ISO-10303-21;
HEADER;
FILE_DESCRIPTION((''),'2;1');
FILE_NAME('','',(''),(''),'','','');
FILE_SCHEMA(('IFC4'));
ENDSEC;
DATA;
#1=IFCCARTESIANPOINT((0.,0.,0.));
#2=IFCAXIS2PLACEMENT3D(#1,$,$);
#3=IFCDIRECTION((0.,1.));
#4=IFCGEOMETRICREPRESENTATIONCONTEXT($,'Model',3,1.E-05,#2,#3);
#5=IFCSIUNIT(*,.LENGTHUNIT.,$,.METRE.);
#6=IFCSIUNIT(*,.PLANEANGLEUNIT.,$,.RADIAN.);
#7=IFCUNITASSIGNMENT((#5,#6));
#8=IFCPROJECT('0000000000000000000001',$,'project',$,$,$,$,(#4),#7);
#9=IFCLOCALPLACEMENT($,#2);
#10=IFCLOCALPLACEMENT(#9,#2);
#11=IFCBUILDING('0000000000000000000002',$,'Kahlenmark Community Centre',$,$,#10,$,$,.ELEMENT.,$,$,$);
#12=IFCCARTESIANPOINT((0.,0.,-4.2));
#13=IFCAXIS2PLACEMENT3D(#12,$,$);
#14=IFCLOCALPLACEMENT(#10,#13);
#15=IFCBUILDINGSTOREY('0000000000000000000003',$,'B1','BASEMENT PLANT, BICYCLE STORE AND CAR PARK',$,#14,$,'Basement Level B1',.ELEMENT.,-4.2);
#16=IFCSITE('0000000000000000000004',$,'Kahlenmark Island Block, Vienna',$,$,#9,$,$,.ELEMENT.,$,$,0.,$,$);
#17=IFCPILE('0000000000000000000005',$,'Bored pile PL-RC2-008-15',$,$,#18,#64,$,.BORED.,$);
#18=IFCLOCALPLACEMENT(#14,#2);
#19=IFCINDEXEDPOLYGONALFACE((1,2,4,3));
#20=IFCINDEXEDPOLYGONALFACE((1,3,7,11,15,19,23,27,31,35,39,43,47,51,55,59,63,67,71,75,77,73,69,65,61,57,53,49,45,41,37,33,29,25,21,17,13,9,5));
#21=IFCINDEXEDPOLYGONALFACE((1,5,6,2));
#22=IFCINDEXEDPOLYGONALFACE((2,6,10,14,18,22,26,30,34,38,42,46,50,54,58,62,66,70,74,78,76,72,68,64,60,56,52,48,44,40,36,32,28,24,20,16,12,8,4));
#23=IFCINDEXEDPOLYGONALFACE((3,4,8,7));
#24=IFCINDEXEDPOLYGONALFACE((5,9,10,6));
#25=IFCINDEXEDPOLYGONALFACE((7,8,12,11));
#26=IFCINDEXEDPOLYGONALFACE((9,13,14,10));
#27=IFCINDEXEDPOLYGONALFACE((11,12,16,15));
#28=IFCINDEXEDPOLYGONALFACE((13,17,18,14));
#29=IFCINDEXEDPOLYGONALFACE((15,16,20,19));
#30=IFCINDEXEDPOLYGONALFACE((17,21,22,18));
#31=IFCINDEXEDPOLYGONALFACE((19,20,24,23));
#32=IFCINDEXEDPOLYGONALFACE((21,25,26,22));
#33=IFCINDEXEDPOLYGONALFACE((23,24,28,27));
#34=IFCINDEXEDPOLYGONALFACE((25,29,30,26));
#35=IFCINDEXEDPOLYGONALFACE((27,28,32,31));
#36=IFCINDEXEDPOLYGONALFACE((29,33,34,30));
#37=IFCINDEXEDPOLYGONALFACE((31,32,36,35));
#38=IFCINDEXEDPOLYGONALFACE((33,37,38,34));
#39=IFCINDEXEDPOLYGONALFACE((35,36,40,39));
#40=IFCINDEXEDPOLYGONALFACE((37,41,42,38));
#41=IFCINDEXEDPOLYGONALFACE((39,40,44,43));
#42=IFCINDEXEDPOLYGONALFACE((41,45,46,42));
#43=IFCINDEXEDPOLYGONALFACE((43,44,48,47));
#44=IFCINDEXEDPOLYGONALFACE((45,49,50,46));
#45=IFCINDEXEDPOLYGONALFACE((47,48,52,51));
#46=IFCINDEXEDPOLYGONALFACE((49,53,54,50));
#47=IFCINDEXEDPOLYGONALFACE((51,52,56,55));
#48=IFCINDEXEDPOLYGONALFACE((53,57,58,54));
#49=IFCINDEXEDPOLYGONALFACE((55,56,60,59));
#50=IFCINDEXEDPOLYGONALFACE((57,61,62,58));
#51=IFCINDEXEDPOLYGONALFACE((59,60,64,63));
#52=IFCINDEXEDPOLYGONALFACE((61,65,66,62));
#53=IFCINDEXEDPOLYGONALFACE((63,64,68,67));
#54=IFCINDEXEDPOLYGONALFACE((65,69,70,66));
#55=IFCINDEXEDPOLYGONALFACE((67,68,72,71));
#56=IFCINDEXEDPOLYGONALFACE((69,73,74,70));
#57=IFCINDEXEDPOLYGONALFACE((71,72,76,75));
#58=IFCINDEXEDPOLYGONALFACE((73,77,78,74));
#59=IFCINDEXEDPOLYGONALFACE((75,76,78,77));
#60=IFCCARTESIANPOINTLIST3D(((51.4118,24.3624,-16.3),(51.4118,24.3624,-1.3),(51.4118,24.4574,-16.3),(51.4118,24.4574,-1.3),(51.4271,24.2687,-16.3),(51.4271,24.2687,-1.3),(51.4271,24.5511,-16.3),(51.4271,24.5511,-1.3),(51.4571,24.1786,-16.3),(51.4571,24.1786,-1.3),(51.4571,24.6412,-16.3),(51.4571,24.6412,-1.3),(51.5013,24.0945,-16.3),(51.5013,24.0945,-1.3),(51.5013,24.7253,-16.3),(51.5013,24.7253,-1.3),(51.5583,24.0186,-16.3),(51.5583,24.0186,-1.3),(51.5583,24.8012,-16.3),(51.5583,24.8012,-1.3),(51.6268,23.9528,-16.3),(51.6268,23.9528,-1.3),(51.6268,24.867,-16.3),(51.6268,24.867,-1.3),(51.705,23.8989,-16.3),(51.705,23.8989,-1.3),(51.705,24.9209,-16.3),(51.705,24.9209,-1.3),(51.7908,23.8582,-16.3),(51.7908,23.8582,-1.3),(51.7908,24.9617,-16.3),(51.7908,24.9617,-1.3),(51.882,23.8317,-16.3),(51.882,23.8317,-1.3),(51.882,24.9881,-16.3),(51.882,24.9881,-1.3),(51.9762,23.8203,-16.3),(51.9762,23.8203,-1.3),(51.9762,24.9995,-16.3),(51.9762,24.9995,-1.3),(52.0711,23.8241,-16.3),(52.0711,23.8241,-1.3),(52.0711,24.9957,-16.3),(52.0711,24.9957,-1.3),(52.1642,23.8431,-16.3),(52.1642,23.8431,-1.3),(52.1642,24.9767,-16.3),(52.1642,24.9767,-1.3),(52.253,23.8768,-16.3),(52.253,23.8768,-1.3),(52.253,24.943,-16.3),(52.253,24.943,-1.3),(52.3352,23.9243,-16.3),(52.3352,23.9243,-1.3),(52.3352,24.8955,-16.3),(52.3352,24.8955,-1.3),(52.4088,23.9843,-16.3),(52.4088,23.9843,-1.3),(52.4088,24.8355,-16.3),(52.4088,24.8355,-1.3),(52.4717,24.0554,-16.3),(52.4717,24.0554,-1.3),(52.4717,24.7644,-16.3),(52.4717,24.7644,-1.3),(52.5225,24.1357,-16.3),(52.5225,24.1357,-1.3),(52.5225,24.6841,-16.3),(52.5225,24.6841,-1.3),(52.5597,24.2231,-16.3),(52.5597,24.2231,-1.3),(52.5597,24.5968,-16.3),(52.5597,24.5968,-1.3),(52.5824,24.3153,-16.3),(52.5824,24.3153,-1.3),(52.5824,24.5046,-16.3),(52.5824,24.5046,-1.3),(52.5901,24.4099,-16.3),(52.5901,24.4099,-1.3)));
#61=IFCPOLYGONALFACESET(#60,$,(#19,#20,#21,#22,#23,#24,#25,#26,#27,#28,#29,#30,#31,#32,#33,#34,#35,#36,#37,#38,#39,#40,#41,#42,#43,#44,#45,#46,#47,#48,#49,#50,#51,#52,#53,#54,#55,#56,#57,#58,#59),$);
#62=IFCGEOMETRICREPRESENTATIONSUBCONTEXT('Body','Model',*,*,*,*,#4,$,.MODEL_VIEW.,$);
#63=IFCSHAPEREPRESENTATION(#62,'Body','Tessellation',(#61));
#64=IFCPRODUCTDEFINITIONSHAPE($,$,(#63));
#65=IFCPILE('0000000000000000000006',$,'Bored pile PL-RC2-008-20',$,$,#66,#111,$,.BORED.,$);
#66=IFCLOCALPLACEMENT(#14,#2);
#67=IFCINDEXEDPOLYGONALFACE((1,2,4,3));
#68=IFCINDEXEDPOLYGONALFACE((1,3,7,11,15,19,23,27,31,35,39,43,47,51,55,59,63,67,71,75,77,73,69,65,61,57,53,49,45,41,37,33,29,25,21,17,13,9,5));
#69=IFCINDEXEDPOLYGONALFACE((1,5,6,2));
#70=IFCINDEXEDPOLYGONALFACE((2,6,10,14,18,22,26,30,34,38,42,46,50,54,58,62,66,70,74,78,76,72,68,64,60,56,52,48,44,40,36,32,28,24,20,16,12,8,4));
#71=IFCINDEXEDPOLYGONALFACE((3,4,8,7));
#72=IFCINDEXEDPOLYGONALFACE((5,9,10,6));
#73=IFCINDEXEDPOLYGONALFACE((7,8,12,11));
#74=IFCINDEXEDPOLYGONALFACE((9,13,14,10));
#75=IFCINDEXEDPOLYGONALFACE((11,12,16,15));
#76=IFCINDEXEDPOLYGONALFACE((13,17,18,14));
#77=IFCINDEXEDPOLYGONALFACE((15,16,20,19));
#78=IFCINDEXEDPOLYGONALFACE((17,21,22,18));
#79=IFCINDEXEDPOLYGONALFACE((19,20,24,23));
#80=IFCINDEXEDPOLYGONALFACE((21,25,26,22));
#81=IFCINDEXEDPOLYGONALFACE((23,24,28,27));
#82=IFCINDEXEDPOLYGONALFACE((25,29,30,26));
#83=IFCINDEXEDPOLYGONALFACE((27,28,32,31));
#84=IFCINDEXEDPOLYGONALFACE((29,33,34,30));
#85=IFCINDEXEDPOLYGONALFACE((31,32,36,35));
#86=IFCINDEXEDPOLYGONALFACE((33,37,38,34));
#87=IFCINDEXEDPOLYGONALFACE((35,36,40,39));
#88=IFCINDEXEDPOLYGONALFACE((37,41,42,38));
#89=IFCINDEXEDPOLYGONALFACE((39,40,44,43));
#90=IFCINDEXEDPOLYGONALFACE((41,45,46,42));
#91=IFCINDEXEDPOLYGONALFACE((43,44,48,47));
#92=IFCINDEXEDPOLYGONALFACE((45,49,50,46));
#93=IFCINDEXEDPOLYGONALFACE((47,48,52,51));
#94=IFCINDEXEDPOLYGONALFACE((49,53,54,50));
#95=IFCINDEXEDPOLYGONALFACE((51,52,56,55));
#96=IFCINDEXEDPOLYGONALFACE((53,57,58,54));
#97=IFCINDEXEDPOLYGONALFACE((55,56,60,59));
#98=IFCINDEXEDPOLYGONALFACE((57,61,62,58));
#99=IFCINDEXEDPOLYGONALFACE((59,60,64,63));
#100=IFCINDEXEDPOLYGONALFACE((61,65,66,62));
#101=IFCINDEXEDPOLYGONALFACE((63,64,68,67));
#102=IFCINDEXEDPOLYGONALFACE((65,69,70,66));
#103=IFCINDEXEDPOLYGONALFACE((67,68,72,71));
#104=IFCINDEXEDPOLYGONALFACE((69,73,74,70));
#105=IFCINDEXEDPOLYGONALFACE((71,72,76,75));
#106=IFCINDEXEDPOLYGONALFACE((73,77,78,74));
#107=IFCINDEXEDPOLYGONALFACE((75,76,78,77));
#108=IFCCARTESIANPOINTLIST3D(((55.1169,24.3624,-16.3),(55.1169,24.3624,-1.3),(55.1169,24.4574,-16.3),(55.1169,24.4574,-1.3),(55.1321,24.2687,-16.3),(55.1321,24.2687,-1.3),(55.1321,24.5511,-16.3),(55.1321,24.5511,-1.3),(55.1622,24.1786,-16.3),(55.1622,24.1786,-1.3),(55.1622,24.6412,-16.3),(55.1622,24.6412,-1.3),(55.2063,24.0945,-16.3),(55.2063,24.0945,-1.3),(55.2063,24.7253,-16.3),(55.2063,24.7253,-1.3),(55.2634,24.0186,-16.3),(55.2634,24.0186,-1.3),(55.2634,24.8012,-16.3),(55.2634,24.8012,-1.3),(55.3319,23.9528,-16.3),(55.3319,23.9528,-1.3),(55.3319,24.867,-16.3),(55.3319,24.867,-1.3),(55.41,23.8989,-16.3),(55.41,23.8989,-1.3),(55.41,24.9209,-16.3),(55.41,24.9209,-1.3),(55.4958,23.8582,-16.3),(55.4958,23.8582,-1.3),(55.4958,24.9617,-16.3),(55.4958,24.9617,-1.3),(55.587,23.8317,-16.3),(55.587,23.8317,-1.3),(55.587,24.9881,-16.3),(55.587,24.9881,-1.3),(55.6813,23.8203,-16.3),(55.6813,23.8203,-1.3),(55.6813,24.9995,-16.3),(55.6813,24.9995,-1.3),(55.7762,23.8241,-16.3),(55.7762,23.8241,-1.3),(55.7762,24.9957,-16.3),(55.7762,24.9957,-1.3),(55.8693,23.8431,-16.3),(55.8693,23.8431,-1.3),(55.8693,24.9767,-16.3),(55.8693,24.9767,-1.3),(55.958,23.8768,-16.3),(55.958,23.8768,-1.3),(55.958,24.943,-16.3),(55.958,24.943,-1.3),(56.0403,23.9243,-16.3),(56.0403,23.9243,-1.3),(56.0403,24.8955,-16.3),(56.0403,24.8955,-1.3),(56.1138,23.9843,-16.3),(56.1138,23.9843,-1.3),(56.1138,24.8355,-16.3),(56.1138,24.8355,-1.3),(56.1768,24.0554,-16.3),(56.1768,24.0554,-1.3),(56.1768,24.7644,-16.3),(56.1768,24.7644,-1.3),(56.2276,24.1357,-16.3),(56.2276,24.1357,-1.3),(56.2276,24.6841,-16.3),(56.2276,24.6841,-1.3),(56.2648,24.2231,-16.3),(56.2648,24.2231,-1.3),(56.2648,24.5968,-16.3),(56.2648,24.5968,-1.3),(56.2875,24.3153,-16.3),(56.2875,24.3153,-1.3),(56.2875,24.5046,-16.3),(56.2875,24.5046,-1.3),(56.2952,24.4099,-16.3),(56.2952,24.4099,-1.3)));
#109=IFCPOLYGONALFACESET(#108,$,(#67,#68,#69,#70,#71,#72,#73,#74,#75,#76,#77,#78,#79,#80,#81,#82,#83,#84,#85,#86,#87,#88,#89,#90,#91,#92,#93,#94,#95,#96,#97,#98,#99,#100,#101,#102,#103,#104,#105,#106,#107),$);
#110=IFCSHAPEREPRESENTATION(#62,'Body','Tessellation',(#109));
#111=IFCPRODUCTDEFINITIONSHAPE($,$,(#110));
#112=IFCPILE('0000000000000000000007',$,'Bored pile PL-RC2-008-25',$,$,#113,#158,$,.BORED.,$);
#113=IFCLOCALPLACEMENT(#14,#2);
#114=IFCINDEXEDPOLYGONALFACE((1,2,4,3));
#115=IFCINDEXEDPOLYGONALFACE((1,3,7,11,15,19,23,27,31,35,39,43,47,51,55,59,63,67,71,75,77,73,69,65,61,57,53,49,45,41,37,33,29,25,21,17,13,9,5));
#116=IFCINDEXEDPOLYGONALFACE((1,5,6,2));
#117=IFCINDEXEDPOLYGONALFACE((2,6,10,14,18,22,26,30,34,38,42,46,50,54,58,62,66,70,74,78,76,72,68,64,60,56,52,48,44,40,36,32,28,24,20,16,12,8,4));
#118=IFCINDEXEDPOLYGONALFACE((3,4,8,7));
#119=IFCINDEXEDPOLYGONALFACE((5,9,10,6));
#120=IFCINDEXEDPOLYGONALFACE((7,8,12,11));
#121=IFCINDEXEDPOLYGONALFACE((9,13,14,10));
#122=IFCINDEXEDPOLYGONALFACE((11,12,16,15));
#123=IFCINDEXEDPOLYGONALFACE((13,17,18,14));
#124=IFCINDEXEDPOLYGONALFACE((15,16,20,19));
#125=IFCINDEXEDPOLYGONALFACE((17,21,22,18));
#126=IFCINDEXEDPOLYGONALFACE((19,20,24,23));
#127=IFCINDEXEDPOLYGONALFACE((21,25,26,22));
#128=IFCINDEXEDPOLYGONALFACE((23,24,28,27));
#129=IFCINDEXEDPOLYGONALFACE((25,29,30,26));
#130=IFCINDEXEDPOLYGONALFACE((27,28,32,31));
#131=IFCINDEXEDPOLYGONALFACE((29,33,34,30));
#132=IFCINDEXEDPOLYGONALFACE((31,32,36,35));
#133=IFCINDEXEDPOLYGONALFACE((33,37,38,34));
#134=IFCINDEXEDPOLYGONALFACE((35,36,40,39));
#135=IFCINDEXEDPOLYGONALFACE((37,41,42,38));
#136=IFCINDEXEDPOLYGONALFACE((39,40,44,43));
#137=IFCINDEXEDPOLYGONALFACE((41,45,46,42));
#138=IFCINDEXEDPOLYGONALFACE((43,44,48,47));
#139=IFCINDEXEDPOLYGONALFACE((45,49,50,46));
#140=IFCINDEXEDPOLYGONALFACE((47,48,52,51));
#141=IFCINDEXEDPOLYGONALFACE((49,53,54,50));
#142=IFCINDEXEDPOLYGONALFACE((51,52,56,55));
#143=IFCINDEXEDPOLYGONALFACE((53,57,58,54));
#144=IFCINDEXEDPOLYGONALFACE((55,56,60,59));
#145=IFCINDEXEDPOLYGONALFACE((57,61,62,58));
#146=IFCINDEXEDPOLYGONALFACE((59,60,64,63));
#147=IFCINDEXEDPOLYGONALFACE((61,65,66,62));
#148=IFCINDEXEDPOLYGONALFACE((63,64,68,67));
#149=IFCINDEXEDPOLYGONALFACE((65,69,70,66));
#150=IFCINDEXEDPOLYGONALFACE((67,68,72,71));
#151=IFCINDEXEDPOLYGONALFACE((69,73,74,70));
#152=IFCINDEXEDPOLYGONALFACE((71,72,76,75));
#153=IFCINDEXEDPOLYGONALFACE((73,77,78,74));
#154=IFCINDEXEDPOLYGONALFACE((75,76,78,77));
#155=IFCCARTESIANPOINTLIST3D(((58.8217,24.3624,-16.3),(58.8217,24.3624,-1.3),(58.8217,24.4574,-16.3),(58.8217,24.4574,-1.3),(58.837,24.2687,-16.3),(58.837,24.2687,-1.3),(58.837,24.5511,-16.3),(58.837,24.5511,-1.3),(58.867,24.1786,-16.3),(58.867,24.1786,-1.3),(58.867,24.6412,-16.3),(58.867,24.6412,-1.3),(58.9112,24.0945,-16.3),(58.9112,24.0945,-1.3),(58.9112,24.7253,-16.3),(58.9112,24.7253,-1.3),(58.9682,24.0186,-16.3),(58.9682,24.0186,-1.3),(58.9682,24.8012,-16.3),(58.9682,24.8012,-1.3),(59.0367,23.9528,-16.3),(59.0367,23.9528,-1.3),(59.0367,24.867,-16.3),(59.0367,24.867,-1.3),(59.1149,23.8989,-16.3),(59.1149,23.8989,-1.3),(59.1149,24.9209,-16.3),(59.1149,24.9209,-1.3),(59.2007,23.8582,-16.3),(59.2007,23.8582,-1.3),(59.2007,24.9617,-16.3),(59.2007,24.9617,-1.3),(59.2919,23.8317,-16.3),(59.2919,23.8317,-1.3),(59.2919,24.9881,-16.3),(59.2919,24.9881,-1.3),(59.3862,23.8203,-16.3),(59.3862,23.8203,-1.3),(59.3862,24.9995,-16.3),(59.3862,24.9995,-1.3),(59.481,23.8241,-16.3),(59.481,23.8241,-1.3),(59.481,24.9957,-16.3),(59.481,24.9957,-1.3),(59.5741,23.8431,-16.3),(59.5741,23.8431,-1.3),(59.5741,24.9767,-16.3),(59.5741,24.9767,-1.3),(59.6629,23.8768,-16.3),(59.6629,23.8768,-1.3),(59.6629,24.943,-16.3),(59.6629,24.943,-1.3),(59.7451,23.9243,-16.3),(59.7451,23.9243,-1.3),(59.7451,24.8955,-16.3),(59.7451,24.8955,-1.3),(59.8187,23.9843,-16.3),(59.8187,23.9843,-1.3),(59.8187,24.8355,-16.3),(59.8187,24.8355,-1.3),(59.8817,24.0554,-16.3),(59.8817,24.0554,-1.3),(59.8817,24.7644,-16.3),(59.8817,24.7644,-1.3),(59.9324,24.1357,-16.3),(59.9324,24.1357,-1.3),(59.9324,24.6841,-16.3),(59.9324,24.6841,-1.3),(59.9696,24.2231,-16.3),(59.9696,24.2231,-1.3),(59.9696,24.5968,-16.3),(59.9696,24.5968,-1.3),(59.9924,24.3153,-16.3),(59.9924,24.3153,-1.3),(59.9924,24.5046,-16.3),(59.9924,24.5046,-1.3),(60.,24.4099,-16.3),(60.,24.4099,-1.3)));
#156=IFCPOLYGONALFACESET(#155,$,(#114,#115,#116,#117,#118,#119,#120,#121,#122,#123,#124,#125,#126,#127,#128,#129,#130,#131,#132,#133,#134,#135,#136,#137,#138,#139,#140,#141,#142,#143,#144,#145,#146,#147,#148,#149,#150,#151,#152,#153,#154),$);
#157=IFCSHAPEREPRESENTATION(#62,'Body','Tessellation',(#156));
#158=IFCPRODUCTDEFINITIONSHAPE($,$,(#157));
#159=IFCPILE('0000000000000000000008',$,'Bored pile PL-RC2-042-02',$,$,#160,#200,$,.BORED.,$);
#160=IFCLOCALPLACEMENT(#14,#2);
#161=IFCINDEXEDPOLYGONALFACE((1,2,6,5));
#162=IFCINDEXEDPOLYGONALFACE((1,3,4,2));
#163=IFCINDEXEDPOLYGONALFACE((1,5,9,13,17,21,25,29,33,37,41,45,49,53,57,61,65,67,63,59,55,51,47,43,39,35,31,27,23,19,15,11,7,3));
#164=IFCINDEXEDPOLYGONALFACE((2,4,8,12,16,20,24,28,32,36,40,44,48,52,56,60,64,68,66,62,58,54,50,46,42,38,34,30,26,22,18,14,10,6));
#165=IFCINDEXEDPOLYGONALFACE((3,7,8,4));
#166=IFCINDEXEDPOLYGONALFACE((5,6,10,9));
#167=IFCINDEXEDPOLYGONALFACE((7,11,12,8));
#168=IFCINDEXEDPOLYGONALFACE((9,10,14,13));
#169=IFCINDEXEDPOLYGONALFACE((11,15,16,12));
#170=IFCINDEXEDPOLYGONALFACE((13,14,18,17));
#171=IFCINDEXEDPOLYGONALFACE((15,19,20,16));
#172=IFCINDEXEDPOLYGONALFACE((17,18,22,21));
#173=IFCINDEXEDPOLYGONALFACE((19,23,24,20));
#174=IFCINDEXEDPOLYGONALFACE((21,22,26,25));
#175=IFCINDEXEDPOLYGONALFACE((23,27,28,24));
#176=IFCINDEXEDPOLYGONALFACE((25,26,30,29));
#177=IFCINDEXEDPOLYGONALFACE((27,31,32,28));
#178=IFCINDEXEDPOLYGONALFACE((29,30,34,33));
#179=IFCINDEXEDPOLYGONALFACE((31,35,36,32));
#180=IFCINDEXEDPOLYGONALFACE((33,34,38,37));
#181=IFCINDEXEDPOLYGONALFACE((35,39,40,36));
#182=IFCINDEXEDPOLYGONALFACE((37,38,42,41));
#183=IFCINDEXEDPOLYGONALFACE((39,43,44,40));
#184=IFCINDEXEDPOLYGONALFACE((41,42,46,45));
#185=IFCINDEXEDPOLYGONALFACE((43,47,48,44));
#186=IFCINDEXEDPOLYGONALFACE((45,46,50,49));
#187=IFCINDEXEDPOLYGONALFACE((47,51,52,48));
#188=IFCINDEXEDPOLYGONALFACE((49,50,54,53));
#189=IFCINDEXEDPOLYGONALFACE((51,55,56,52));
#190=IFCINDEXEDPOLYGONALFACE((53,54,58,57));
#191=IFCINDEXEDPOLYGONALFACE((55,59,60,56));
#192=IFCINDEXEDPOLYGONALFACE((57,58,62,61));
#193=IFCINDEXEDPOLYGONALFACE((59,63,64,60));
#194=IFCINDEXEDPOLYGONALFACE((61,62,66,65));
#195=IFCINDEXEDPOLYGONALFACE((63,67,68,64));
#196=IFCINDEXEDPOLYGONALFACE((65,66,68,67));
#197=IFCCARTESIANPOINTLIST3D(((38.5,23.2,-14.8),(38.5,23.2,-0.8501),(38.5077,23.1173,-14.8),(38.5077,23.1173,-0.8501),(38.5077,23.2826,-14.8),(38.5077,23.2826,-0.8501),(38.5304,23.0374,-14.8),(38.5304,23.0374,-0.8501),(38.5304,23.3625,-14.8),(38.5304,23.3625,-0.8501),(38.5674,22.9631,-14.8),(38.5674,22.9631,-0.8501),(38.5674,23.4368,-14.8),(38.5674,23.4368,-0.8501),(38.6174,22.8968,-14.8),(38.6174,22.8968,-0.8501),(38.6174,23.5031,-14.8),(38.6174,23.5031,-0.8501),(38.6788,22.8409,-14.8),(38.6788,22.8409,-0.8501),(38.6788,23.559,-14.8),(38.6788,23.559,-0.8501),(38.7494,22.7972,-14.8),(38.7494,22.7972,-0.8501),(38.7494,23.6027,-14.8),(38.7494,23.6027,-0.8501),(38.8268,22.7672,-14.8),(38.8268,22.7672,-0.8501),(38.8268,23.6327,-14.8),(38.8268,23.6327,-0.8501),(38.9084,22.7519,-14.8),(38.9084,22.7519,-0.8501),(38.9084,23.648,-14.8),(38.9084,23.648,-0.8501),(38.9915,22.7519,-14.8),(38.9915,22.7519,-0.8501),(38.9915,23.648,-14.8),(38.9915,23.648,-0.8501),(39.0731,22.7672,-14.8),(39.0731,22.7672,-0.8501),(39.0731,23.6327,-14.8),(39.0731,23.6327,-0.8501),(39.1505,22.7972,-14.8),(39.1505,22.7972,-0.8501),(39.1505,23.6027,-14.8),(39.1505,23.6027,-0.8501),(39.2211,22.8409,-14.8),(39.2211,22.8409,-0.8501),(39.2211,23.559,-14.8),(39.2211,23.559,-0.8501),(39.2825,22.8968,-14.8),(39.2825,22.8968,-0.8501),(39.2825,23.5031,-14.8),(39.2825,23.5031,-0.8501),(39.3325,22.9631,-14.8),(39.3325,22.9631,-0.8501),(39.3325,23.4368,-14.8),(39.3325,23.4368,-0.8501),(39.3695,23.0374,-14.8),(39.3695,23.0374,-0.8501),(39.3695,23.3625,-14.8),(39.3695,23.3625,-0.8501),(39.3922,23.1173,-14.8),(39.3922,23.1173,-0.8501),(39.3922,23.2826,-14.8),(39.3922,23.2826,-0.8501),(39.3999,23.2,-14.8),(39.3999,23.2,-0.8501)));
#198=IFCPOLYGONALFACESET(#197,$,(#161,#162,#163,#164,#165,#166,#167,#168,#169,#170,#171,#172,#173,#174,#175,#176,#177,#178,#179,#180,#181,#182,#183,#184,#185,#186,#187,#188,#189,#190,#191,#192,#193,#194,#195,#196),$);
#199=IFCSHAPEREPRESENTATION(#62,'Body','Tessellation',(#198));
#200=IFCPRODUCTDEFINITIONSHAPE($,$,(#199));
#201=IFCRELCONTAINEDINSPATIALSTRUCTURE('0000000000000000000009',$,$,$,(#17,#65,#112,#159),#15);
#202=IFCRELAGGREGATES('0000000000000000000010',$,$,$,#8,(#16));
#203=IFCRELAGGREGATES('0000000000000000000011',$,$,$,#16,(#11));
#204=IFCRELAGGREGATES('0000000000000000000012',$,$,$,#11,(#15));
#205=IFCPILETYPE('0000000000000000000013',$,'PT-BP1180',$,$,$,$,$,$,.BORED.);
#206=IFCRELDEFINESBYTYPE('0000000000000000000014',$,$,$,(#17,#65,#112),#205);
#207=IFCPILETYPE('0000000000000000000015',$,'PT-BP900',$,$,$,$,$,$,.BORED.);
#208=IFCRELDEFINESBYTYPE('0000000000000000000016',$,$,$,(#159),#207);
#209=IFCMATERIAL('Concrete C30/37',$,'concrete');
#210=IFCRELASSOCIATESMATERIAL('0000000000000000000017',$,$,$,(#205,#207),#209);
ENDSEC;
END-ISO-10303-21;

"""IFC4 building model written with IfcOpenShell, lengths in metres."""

from ifc_helpers import new_model, si_unit, direction, frame, origin, origin_2d, place, context, subcontext, project, spatial, circle, extrude, material, material_profile, profile_set, type_object, element, save


model = new_model("IFC4")

# Units and contexts
model_context = context("Model", 3, precision=1e-05, world=origin(), true_north=direction((0.0, 1.0)))
body_context = subcontext(model_context, "Body", "Model", "MODEL_VIEW")
ifc_project = project(units=[si_unit("LENGTHUNIT", "METRE"), si_unit("PLANEANGLEUNIT", "RADIAN")], contexts=[model_context])

# Site, building, storey
site_placement = place(None, origin())
site = spatial("IfcSite", under=ifc_project, at=site_placement, Name="Kahlenmark Island Block, Vienna", CompositionType="ELEMENT", RefElevation=0.0)
building_placement = place(site_placement, origin())
building = spatial("IfcBuilding", under=site, at=building_placement, Name="Kahlenmark Community Centre", CompositionType="ELEMENT")
storey_placement = place(building_placement, frame((0.0, 0.0, -4.2)))
storey = spatial("IfcBuildingStorey", under=building, at=storey_placement, Name="B1", Description="BASEMENT PLANT, BICYCLE STORE AND CAR PARK", LongName="Basement Level B1", CompositionType="ELEMENT", Elevation=-4.2)

# Shared definitions
ifc_material_1 = material(Name="Concrete C30/37", Category="concrete")

# Piles
ifc_material_profile_1 = material_profile(ifc_material_1, circle(Radius=0.5901, at=origin_2d()), Name="BORED PILE 1180")
ifc_profile_set_1 = profile_set([ifc_material_profile_1], Name="Concrete C30/37")
pile_type_1 = type_object("IfcPileType", Name="PT-BP1180", PredefinedType="BORED", material=ifc_profile_set_1)
for number, where, z_axis, x_axis, name in (
    (1, (52.0, 24.4099, -1.3), (0.0, 0.0, -1.0), (1.0, 0.0, 0.0), "Bored pile PL-RC2-008-15"),
    (2, (55.7051, 24.4099, -1.3), (0.0, 0.0, -1.0), (1.0, 0.0, 0.0), "Bored pile PL-RC2-008-20"),
    (3, (59.4099, 24.4099, -1.3), (0.0, 0.0, -1.0), (1.0, 0.0, 0.0), "Bored pile PL-RC2-008-25"),
):
    element("IfcPile", number, at=place(storey_placement, frame(where, z_axis=z_axis, x_axis=x_axis)), inside=storey, type_object=pile_type_1, Name=name, PredefinedType="BORED", context=body_context, shape_type="SweptSolid", body=[
        extrude(circle(Radius=0.5901, at=origin_2d()), origin(), (0.0, 0.0, 1.0), 15.0),
    ])
ifc_material_profile_2 = material_profile(ifc_material_1, circle(Radius=0.45, at=origin_2d()), Name="BORED PILE 900")
ifc_profile_set_2 = profile_set([ifc_material_profile_2], Name="Concrete C30/37")
pile_type_2 = type_object("IfcPileType", Name="PT-BP900", PredefinedType="BORED", material=ifc_profile_set_2)
for number, where, z_axis, x_axis, name in (
    (4, (38.95, 23.2, -0.8501), (0.0, 0.0, -1.0), (1.0, 0.0, 0.0), "Bored pile PL-RC2-042-02"),
):
    element("IfcPile", number, at=place(storey_placement, frame(where, z_axis=z_axis, x_axis=x_axis)), inside=storey, type_object=pile_type_2, Name=name, PredefinedType="BORED", context=body_context, shape_type="SweptSolid", body=[
        extrude(circle(Radius=0.45, at=origin_2d()), origin(), (0.0, 0.0, 1.0), 13.95),
    ])

save(model, "model.ifc")
